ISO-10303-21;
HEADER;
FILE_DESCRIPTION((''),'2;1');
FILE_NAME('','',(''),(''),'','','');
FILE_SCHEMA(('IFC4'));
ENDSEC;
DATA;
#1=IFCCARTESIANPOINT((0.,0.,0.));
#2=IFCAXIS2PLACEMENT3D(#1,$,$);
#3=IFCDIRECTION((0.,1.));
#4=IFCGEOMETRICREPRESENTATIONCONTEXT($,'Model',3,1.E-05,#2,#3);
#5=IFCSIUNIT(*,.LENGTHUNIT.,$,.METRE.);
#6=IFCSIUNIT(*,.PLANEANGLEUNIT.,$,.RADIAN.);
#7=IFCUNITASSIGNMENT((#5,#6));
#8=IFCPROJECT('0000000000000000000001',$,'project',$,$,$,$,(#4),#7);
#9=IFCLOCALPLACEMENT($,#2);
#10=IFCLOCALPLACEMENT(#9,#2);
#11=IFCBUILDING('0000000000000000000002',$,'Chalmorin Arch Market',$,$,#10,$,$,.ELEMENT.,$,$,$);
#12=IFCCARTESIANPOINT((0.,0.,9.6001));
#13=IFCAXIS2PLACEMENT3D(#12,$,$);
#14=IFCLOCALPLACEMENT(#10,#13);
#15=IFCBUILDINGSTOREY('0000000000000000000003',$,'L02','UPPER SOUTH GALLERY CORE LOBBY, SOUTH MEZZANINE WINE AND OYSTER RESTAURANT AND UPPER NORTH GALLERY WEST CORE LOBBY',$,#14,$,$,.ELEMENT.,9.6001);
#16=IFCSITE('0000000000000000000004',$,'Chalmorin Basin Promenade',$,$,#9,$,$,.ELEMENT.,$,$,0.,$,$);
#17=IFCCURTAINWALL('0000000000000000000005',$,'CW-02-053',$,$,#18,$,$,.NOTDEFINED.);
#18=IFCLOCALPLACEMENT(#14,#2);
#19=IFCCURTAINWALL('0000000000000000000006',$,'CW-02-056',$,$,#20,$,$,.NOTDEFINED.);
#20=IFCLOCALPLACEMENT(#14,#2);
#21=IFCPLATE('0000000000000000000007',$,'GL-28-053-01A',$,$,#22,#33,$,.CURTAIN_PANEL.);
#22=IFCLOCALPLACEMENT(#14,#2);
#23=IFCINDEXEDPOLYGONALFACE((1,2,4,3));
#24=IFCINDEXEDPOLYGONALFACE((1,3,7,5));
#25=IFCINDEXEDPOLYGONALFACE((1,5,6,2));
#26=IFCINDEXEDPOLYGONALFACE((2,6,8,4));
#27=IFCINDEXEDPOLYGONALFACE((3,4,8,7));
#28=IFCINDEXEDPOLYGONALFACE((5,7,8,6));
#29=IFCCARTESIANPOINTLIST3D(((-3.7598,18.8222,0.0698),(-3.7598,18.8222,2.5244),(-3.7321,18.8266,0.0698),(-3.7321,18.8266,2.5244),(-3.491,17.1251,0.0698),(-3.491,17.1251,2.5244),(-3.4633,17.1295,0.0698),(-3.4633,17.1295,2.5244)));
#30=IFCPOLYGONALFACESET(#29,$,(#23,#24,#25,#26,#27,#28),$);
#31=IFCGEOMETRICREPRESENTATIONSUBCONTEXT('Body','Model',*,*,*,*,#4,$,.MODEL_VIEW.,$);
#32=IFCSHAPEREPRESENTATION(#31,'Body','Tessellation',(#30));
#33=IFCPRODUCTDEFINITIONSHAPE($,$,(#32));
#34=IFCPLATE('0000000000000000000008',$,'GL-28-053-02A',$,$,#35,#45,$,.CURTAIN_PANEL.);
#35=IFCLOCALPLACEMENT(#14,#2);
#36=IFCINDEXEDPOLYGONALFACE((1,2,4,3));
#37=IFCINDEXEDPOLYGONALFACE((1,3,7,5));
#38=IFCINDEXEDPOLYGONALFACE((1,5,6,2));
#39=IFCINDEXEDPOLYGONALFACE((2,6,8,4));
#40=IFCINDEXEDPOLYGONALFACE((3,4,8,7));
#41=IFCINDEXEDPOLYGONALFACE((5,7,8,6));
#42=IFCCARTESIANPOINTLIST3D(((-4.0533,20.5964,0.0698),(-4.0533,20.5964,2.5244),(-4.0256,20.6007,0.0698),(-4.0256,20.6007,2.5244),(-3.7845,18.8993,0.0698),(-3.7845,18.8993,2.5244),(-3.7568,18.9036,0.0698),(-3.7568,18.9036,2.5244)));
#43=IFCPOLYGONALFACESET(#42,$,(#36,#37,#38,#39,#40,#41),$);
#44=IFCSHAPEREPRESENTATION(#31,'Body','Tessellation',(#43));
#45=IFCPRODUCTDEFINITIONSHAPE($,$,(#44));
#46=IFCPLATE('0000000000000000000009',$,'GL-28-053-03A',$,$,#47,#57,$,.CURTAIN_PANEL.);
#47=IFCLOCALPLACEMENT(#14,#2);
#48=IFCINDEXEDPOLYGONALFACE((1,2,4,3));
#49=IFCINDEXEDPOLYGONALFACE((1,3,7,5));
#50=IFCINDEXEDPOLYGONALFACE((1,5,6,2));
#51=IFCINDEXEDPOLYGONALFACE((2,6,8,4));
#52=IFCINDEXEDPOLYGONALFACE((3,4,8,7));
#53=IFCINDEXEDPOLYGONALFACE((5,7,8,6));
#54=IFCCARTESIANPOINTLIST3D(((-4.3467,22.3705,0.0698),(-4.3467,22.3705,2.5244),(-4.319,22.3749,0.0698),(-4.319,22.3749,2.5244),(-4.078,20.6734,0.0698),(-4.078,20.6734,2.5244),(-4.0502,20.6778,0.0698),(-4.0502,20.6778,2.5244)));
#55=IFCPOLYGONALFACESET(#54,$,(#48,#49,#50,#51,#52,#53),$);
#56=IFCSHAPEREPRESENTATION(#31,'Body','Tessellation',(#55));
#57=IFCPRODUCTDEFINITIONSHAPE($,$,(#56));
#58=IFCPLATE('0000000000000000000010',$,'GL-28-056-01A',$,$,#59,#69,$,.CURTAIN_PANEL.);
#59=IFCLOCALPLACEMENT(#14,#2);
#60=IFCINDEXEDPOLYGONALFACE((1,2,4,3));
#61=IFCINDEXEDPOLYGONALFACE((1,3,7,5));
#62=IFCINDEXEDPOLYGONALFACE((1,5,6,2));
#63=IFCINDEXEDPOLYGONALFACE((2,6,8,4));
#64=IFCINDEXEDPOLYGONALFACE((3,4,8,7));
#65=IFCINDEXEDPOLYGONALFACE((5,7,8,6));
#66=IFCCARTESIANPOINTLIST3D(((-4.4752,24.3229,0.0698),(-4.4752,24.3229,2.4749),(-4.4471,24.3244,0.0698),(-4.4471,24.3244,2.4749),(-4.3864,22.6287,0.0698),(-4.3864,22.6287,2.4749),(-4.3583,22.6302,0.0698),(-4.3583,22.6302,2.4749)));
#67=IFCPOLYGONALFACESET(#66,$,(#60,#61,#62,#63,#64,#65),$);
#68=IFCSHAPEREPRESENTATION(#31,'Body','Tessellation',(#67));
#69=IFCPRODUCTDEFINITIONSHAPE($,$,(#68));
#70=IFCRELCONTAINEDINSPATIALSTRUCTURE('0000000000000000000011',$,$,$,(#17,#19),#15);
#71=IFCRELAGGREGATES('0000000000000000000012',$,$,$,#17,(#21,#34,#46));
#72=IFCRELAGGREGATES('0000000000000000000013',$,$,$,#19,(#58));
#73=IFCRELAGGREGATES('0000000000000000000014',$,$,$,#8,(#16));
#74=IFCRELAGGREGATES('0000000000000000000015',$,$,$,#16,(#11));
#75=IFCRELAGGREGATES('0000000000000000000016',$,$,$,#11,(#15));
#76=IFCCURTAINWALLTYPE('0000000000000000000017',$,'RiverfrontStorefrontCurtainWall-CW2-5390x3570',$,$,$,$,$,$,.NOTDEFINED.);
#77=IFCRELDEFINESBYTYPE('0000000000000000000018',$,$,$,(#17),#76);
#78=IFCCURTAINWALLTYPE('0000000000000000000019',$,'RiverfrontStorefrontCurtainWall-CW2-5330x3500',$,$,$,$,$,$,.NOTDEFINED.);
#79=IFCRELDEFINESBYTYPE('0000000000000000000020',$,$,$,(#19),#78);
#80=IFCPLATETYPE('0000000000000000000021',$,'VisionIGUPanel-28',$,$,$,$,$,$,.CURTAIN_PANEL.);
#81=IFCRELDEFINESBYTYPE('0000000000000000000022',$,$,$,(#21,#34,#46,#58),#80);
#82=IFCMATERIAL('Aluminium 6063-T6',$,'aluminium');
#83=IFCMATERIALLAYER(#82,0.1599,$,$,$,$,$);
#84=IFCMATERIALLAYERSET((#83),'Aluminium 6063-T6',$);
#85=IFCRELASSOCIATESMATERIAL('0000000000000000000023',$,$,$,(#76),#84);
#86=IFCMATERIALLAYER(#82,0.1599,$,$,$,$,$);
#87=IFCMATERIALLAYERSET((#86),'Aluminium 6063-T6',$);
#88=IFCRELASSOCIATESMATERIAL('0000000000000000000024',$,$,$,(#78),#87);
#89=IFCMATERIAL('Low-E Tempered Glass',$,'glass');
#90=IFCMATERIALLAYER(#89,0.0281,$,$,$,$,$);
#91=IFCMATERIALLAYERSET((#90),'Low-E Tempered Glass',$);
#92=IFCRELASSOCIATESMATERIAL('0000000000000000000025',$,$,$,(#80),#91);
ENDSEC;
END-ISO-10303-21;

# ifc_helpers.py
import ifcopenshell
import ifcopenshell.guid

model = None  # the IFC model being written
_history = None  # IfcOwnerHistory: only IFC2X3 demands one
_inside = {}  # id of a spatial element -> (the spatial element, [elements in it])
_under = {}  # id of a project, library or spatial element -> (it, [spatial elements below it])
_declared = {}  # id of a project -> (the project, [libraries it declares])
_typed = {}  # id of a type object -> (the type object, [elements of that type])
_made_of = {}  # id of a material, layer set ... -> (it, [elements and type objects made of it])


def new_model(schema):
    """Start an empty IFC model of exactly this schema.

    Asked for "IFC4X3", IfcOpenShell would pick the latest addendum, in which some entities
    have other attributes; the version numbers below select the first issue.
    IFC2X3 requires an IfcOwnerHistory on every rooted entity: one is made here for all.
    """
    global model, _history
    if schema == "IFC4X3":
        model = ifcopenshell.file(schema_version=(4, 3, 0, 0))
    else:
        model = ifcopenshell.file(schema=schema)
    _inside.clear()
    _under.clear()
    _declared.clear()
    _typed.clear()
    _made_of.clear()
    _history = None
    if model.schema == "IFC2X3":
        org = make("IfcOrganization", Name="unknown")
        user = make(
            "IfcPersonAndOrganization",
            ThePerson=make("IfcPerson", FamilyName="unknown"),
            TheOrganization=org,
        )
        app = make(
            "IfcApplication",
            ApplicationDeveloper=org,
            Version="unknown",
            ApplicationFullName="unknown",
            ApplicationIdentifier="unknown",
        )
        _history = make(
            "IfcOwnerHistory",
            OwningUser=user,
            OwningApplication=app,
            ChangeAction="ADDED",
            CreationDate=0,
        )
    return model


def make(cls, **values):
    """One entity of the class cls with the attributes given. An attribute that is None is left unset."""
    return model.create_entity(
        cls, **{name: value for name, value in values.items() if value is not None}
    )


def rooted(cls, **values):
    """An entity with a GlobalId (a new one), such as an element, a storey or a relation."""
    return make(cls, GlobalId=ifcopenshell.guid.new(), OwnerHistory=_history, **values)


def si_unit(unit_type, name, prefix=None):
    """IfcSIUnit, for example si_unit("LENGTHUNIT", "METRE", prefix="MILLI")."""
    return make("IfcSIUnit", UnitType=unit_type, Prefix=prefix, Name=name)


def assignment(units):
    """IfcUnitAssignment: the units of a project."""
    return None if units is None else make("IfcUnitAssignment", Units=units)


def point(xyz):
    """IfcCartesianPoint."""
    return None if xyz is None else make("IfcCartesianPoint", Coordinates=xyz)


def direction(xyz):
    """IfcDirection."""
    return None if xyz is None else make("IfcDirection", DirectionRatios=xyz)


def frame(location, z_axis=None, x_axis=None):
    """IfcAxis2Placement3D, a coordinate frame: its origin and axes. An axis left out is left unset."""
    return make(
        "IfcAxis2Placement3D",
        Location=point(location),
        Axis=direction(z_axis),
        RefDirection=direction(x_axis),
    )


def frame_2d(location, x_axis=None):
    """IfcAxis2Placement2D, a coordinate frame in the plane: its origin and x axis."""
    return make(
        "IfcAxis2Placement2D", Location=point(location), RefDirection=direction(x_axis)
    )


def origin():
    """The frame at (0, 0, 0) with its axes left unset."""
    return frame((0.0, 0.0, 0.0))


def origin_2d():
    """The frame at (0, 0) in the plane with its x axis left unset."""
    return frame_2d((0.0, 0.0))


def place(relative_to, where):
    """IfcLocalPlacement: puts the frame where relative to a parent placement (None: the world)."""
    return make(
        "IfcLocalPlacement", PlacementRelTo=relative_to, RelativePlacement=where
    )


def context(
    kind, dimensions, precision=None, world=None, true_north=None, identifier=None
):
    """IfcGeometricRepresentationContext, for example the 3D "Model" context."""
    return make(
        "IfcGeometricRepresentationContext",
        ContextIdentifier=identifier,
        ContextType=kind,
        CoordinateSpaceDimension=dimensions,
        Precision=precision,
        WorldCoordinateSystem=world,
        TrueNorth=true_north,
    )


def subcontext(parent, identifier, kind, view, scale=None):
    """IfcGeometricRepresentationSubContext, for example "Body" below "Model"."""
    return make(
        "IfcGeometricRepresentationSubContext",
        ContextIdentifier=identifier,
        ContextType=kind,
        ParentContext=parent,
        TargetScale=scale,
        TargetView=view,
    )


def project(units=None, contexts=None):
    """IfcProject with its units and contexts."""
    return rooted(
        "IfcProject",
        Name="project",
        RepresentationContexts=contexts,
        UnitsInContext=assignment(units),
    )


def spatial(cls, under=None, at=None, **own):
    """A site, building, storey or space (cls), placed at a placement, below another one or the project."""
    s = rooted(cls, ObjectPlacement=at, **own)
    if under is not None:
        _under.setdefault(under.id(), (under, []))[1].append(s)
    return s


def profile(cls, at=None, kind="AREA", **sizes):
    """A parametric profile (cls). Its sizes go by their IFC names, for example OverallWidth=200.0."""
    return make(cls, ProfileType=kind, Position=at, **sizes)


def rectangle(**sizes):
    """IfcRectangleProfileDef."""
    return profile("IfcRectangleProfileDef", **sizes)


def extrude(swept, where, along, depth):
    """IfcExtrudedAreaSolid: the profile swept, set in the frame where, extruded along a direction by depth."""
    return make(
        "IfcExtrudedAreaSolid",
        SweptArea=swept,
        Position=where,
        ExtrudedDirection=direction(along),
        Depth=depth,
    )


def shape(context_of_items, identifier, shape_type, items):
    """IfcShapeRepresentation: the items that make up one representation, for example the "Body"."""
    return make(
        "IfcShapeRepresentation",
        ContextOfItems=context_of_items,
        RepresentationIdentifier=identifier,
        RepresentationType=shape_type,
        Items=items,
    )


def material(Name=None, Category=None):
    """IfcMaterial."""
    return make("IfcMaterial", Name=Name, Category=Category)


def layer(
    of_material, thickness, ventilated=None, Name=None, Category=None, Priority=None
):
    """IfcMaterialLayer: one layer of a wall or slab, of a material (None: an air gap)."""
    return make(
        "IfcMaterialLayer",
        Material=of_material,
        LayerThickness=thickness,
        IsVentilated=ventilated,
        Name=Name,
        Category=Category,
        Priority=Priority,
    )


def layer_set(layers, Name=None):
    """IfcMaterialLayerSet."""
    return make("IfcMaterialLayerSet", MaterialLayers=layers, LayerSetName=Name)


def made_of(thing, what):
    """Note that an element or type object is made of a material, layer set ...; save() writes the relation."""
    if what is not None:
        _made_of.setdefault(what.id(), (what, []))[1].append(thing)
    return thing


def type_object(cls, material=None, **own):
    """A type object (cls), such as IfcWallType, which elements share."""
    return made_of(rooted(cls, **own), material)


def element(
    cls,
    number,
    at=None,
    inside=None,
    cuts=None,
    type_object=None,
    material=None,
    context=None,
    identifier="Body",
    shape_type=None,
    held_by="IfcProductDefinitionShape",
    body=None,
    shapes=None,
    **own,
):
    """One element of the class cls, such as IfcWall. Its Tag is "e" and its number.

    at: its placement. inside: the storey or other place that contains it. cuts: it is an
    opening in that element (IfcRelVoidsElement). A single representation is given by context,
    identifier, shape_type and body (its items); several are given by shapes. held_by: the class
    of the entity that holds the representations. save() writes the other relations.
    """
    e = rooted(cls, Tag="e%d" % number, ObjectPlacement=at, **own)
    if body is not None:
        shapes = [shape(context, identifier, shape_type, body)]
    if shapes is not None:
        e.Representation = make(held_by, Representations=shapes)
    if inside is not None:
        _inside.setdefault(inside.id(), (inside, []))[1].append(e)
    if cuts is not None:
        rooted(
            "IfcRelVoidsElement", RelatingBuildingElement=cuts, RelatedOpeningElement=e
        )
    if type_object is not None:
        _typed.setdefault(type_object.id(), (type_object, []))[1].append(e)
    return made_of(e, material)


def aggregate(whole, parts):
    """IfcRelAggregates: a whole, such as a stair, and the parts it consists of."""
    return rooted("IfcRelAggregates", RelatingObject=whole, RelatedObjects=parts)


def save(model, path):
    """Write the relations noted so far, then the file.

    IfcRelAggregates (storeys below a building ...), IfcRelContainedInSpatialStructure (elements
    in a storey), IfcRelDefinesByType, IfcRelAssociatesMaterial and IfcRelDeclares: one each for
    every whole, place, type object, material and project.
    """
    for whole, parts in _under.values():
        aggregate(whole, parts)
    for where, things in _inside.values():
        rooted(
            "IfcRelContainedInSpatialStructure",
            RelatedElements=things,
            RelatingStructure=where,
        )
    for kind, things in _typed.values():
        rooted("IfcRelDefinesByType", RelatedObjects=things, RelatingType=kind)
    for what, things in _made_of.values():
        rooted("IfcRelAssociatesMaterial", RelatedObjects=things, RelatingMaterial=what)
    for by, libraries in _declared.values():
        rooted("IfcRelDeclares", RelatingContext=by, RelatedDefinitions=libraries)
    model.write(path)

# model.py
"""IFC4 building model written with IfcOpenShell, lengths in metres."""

from ifc_helpers import new_model, si_unit, direction, frame, origin, origin_2d, place, context, subcontext, project, spatial, rectangle, extrude, material, layer, layer_set, type_object, element, aggregate, save


model = new_model("IFC4")

# Units and contexts
model_context = context("Model", 3, precision=1e-05, world=origin(), true_north=direction((0.0, 1.0)))
body_context = subcontext(model_context, "Body", "Model", "MODEL_VIEW")
ifc_project = project(units=[si_unit("LENGTHUNIT", "METRE"), si_unit("PLANEANGLEUNIT", "RADIAN")], contexts=[model_context])

# Site, building, storey
site_placement = place(None, origin())
site = spatial("IfcSite", under=ifc_project, at=site_placement, Name="Chalmorin Basin Promenade", CompositionType="ELEMENT", RefElevation=0.0)
building_placement = place(site_placement, origin())
building = spatial("IfcBuilding", under=site, at=building_placement, Name="Chalmorin Arch Market", CompositionType="ELEMENT")
storey_placement = place(building_placement, frame((0.0, 0.0, 9.6001)))
storey = spatial("IfcBuildingStorey", under=building, at=storey_placement, Name="L02", Description="UPPER SOUTH GALLERY CORE LOBBY, SOUTH MEZZANINE WINE AND OYSTER RESTAURANT AND UPPER NORTH GALLERY WEST CORE LOBBY", CompositionType="ELEMENT", Elevation=9.6001)

# Curtain wall
ifc_material_1 = material(Name="Aluminium 6063-T6", Category="aluminium")
ifc_layer_1 = layer(ifc_material_1, 0.1599)
ifc_layer_set_1 = layer_set([ifc_layer_1], Name="Aluminium 6063-T6")
curtain_wall_type_1 = type_object("IfcCurtainWallType", Name="RiverfrontStorefrontCurtainWall-CW2-5390x3570", PredefinedType="NOTDEFINED", material=ifc_layer_set_1)
curtain_wall_1_placement = place(storey_placement, origin())
curtain_wall_1 = element("IfcCurtainWall", 1, at=curtain_wall_1_placement, inside=storey, type_object=curtain_wall_type_1, Name="CW-02-053", PredefinedType="NOTDEFINED")

# Curtain wall
ifc_layer_2 = layer(ifc_material_1, 0.1599)
ifc_layer_set_2 = layer_set([ifc_layer_2], Name="Aluminium 6063-T6")
curtain_wall_type_2 = type_object("IfcCurtainWallType", Name="RiverfrontStorefrontCurtainWall-CW2-5330x3500", PredefinedType="NOTDEFINED", material=ifc_layer_set_2)
curtain_wall_2_placement = place(storey_placement, origin())
curtain_wall_2 = element("IfcCurtainWall", 2, at=curtain_wall_2_placement, inside=storey, type_object=curtain_wall_type_2, Name="CW-02-056", PredefinedType="NOTDEFINED")

# Plates
ifc_material_2 = material(Name="Low-E Tempered Glass", Category="glass")
ifc_layer_3 = layer(ifc_material_2, 0.0281)
ifc_layer_set_3 = layer_set([ifc_layer_3], Name="Low-E Tempered Glass")
plate_type_1 = type_object("IfcPlateType", Name="VisionIGUPanel-28", PredefinedType="CURTAIN_PANEL", material=ifc_layer_set_3)
plate_1_placement = place(storey_placement, frame((-3.6116, 17.9758, 0.0698), z_axis=(0.0, 0.0, 1.0), x_axis=(-0.156434, 0.987688, 0.0)))
plate_1 = element("IfcPlate", 3, at=plate_1_placement, type_object=plate_type_1, Name="GL-28-053-01A", PredefinedType="CURTAIN_PANEL", context=body_context, shape_type="SweptSolid", body=[
    extrude(rectangle(XDim=1.7183, YDim=0.0281, at=origin_2d()), origin(), (0.0, 0.0, 1.0), 2.4546),
])
plate_2_placement = place(storey_placement, frame((-3.905, 19.75, 0.0698), z_axis=(0.0, 0.0, 1.0), x_axis=(-0.156434, 0.987688, 0.0)))
plate_2 = element("IfcPlate", 4, at=plate_2_placement, type_object=plate_type_1, Name="GL-28-053-02A", PredefinedType="CURTAIN_PANEL", context=body_context, shape_type="SweptSolid", body=[
    extrude(rectangle(XDim=1.7183, YDim=0.0281, at=origin_2d()), origin(), (0.0, 0.0, 1.0), 2.4546),
])
plate_3_placement = place(storey_placement, frame((-4.1985, 21.5242, 0.0698), z_axis=(0.0, 0.0, 1.0), x_axis=(-0.156434, 0.987688, 0.0)))
plate_3 = element("IfcPlate", 5, at=plate_3_placement, type_object=plate_type_1, Name="GL-28-053-03A", PredefinedType="CURTAIN_PANEL", context=body_context, shape_type="SweptSolid", body=[
    extrude(rectangle(XDim=1.7183, YDim=0.0281, at=origin_2d()), origin(), (0.0, 0.0, 1.0), 2.4546),
])
aggregate(curtain_wall_1, [plate_1, plate_2, plate_3])
plate_4_placement = place(storey_placement, frame((-4.4167, 23.4766, 0.0698), z_axis=(0.0, 0.0, 1.0), x_axis=(-0.052336, 0.99863, 0.0)))
plate_4 = element("IfcPlate", 6, at=plate_4_placement, type_object=plate_type_1, Name="GL-28-056-01A", PredefinedType="CURTAIN_PANEL", context=body_context, shape_type="SweptSolid", body=[
    extrude(rectangle(XDim=1.6965, YDim=0.0281, at=origin_2d()), origin(), (0.0, 0.0, 1.0), 2.405),
])
aggregate(curtain_wall_2, [plate_4])

save(model, "model.ifc")
